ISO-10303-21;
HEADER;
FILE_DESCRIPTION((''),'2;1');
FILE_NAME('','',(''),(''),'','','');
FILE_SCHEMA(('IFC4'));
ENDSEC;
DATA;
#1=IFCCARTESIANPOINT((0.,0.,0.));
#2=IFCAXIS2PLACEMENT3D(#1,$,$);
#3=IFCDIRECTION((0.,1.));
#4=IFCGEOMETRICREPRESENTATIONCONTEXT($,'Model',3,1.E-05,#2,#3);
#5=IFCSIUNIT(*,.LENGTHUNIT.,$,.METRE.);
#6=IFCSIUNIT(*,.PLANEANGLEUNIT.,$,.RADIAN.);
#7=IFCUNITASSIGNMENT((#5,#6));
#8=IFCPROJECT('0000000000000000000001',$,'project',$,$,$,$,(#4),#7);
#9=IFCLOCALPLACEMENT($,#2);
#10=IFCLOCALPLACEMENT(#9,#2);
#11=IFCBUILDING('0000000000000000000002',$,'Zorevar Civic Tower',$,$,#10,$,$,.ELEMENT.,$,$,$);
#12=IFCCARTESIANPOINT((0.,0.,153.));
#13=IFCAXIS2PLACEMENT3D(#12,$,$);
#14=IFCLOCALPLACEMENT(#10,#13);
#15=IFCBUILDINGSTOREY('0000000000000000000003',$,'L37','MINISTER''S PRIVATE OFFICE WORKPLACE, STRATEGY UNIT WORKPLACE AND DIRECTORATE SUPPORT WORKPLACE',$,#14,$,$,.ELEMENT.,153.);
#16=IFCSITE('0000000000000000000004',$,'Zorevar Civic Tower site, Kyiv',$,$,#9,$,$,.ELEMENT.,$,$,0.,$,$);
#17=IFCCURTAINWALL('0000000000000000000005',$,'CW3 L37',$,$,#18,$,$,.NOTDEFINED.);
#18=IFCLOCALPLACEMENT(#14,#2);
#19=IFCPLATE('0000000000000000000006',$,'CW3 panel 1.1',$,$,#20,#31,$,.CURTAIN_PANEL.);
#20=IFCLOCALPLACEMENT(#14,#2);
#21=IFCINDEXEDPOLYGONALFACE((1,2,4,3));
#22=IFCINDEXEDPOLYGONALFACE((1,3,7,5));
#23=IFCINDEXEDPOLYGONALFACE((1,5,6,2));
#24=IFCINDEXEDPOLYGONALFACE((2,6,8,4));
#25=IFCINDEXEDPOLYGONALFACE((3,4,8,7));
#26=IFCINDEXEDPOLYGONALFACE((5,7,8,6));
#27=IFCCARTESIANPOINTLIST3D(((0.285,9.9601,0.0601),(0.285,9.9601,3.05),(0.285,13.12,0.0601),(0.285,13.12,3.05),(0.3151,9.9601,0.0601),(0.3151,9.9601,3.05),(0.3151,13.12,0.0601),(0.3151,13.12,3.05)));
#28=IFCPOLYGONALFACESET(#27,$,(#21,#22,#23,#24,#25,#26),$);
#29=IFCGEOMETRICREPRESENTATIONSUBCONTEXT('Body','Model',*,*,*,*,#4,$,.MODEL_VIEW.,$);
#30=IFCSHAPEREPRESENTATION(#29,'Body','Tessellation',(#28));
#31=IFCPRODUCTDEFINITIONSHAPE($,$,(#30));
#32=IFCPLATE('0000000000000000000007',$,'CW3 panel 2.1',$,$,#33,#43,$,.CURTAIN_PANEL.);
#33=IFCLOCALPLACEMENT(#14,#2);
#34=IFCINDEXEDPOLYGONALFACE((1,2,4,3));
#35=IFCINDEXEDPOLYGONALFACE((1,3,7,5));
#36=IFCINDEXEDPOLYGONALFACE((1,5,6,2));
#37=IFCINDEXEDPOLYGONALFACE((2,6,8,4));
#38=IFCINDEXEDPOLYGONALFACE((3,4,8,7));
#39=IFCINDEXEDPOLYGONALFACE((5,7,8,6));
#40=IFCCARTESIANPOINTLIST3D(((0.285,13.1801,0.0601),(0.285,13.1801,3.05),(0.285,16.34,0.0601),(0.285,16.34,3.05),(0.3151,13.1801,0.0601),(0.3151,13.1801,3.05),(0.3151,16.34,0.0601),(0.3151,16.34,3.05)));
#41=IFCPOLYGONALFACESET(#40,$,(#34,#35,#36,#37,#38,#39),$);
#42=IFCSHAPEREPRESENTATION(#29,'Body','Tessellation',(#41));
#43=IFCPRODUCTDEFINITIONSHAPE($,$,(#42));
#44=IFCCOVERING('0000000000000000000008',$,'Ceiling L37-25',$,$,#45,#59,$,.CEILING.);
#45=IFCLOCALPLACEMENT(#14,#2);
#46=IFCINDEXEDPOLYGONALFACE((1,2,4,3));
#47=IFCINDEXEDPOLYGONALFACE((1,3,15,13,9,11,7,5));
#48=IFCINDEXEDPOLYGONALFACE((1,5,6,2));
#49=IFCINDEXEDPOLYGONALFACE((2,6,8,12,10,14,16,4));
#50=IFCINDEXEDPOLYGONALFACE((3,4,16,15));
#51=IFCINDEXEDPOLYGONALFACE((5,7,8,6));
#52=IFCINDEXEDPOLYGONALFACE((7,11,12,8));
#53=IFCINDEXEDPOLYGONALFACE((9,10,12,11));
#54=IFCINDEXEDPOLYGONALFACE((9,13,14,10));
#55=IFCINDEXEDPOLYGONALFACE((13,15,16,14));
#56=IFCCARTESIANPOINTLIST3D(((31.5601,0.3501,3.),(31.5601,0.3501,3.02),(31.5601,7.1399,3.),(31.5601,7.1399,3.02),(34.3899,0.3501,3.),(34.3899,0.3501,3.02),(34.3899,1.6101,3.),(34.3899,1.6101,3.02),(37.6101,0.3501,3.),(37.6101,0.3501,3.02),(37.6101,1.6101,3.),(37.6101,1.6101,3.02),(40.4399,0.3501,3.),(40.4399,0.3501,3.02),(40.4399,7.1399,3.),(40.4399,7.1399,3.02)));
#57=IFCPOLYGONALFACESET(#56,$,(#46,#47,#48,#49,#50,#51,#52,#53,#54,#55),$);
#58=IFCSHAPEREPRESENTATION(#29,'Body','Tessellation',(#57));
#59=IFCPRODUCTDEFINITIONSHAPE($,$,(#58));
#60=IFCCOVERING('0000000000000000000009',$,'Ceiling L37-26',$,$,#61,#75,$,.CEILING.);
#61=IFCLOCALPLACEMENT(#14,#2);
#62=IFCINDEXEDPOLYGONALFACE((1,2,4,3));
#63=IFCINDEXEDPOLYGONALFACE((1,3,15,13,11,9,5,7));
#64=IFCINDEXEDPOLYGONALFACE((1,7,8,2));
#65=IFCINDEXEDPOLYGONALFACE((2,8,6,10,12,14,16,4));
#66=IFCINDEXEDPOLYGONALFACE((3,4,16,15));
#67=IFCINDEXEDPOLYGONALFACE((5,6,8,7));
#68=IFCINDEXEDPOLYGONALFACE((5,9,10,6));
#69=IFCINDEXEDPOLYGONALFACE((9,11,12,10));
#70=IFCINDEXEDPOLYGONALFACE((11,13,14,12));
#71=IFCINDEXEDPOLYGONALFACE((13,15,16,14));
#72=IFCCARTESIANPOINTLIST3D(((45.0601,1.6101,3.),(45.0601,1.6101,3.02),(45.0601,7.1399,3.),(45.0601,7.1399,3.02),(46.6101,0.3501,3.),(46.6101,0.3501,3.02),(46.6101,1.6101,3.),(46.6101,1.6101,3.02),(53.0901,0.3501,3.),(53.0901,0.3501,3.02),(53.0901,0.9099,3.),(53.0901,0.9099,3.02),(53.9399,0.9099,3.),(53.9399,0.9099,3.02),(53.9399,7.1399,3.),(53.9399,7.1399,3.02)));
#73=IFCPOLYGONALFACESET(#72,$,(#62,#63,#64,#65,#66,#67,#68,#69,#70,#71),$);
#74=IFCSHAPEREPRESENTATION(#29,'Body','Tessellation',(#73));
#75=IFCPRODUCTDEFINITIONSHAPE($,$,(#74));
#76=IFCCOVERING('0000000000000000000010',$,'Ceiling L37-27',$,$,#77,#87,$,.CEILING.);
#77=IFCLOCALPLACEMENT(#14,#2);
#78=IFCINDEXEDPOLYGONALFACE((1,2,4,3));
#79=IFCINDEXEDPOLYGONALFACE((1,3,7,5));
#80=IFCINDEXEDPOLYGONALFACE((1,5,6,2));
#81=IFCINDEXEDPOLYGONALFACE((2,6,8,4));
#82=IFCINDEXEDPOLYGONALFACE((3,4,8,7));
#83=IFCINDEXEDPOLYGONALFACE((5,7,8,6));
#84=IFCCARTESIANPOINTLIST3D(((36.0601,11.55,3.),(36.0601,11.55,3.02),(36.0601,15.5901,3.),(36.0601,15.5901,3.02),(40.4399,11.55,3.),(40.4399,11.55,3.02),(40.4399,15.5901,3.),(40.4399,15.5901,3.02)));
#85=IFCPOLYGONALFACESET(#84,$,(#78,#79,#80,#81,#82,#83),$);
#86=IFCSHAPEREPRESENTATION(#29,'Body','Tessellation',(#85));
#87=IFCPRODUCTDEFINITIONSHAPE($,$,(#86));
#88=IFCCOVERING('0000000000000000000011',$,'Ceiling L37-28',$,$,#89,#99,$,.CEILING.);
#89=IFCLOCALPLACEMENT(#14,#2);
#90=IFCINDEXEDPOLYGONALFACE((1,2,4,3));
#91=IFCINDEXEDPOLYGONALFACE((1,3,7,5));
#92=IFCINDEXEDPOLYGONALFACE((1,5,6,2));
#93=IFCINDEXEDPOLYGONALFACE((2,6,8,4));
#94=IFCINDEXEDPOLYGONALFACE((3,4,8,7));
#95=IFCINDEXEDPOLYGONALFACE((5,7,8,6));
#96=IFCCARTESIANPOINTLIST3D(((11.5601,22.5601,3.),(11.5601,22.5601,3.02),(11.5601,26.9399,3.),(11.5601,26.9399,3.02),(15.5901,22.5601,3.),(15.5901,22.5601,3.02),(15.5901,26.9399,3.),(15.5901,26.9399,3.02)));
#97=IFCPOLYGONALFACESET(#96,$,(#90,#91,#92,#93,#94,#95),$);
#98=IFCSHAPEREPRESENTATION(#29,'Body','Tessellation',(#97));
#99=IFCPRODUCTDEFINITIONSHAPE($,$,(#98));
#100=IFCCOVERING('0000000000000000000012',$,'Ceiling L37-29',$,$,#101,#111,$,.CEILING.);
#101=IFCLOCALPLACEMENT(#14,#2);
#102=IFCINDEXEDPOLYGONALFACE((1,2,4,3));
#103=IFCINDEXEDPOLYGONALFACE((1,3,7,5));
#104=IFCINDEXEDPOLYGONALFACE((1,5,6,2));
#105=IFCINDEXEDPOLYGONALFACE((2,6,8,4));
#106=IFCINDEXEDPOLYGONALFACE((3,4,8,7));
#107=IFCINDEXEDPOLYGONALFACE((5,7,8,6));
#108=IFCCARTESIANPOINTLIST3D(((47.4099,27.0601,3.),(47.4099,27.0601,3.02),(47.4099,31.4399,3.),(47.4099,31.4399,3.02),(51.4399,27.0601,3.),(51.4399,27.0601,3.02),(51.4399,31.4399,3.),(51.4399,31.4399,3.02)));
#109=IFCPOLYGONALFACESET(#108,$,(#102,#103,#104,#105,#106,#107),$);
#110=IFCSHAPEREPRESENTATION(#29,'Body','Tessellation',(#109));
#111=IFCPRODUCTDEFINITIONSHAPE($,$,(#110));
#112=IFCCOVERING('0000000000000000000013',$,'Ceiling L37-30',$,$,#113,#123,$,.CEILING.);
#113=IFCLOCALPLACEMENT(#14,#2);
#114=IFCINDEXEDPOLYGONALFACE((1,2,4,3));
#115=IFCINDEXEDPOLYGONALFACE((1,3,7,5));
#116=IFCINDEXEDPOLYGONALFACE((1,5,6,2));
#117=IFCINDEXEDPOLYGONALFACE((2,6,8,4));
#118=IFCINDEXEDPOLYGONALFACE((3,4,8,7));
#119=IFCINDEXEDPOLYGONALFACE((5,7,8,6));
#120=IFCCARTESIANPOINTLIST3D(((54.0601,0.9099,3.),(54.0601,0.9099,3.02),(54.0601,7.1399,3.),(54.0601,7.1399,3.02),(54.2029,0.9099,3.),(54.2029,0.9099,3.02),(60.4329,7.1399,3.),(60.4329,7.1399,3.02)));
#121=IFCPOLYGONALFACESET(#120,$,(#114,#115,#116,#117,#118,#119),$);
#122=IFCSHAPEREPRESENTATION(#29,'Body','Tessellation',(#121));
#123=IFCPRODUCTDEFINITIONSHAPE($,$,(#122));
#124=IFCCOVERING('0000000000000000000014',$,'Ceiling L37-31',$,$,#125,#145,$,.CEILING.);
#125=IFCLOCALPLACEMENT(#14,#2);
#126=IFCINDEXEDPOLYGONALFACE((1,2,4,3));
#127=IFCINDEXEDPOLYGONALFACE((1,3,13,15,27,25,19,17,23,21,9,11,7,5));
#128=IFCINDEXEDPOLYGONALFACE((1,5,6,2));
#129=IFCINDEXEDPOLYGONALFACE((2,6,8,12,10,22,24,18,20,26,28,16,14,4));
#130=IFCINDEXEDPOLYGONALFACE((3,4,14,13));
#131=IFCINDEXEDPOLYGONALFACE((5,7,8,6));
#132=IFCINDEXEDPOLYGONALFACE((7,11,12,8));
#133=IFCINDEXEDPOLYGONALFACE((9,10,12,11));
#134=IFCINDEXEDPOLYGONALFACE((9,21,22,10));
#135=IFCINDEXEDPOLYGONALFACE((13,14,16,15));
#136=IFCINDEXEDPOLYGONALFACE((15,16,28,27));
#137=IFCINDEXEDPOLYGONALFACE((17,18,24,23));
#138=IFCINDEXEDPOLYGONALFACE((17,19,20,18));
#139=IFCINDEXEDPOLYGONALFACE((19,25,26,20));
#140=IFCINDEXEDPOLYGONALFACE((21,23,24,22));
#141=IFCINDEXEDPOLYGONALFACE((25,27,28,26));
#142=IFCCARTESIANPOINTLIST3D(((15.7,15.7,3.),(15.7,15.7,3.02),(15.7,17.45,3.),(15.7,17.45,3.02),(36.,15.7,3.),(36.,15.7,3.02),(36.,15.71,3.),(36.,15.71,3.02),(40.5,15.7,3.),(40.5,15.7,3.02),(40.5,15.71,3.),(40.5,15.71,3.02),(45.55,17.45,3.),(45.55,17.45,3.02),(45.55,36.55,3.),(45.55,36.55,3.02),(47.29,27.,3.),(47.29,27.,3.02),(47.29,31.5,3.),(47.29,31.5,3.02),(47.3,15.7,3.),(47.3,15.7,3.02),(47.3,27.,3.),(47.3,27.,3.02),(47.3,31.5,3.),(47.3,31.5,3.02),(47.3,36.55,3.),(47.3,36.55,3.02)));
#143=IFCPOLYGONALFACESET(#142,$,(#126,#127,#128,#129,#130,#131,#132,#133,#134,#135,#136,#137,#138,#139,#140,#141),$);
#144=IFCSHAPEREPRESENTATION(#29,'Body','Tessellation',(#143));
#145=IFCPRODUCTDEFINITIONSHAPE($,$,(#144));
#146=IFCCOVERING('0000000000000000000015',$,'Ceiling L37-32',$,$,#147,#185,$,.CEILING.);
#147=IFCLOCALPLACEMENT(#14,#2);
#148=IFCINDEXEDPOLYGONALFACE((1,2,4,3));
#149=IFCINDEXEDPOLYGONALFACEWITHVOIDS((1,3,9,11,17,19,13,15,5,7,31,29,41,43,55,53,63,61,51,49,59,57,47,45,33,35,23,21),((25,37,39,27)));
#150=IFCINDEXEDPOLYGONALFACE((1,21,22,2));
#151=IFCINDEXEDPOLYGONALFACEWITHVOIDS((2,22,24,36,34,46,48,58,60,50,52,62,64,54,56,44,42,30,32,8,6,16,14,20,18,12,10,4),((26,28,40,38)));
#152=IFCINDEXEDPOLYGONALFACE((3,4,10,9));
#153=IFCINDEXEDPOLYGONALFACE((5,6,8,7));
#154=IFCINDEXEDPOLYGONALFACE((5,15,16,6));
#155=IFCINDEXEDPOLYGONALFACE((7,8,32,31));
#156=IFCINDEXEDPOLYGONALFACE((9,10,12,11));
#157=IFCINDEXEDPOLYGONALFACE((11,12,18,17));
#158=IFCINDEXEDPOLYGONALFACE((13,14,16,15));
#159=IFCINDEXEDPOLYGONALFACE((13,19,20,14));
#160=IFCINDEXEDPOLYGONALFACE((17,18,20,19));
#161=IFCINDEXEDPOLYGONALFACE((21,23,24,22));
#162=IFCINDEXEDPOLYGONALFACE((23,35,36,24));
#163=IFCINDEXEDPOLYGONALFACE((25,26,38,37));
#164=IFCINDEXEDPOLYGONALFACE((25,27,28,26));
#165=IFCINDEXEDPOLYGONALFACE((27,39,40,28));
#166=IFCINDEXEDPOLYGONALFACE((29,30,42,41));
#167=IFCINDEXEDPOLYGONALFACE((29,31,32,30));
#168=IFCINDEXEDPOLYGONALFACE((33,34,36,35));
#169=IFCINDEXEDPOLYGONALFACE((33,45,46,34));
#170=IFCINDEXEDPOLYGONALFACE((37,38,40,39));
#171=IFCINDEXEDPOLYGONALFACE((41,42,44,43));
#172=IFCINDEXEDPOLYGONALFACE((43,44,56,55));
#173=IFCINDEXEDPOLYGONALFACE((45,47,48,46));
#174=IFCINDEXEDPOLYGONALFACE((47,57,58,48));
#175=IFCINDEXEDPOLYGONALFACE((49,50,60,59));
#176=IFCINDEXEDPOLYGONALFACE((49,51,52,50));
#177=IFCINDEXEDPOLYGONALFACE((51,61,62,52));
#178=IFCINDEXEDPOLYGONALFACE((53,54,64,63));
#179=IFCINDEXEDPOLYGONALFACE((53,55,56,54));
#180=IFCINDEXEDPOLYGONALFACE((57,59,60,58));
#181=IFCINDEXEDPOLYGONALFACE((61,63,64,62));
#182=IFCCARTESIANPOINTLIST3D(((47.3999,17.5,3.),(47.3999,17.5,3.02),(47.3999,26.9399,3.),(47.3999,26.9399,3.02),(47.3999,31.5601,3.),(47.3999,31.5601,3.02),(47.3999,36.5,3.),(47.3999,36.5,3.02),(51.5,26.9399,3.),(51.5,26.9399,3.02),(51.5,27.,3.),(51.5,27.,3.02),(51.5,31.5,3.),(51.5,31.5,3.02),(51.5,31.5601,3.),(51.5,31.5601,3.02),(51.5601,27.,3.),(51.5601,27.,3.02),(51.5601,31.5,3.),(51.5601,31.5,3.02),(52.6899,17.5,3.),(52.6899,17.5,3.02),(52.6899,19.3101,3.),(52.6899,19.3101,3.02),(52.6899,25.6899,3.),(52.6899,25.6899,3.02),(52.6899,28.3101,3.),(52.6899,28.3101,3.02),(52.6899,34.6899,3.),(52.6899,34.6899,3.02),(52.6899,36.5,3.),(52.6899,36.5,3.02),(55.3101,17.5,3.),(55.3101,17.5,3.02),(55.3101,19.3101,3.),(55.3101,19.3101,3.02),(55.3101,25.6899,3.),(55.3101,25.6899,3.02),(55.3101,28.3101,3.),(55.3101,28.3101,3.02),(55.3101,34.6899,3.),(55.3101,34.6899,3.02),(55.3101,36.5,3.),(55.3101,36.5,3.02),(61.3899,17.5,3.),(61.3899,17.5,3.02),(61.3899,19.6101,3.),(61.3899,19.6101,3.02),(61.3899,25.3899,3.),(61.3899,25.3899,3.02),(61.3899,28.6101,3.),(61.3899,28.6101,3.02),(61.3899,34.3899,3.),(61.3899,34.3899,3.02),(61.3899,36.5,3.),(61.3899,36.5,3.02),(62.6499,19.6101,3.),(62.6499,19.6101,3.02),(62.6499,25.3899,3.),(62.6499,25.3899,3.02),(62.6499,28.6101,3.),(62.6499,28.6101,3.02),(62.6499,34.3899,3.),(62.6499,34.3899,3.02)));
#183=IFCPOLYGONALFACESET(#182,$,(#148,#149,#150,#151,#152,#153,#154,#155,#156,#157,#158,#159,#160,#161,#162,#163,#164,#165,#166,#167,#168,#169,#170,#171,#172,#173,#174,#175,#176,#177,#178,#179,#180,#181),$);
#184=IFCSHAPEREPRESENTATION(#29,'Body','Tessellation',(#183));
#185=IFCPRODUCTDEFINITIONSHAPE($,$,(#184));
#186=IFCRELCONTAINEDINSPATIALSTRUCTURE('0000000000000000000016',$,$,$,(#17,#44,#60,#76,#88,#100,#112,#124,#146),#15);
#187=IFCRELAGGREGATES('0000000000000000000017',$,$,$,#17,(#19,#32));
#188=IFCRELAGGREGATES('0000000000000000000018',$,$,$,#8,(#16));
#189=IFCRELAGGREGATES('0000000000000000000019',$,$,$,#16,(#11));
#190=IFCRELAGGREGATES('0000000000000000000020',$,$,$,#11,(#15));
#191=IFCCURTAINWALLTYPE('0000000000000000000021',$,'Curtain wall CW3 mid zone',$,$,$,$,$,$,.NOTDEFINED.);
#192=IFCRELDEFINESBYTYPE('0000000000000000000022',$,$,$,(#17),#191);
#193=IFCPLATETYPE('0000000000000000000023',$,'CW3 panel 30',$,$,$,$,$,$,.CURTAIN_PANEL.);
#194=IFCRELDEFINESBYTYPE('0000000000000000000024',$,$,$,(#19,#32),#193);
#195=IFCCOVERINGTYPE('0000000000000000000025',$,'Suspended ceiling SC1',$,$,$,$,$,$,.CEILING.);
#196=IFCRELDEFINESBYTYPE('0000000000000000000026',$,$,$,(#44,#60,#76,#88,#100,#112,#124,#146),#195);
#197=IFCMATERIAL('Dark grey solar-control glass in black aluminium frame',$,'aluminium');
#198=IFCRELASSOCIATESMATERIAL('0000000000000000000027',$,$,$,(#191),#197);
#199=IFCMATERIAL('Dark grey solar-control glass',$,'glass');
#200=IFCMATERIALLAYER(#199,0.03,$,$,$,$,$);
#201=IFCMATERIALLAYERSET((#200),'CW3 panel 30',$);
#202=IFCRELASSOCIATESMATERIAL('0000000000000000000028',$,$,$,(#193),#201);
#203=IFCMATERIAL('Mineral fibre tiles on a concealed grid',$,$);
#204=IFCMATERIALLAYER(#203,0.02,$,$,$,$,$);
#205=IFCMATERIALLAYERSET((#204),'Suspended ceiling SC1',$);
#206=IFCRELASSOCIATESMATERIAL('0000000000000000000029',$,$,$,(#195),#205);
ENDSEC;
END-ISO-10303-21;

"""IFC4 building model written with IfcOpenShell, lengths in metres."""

from ifc_helpers import new_model, si_unit, direction, frame, origin, origin_2d, place, context, subcontext, project, spatial, polyline, rectangle, outline, extrude, material, layer, layer_set, type_object, element, aggregate, save


model = new_model("IFC4")

# Units and contexts
model_context = context("Model", 3, precision=1e-05, world=origin(), true_north=direction((0.0, 1.0)))
body_context = subcontext(model_context, "Body", "Model", "MODEL_VIEW")
ifc_project = project(units=[si_unit("LENGTHUNIT", "METRE"), si_unit("PLANEANGLEUNIT", "RADIAN")], contexts=[model_context])

# Site, building, storey
site_placement = place(None, origin())
site = spatial("IfcSite", under=ifc_project, at=site_placement, Name="Zorevar Civic Tower site, Kyiv", CompositionType="ELEMENT", RefElevation=0.0)
building_placement = place(site_placement, origin())
building = spatial("IfcBuilding", under=site, at=building_placement, Name="Zorevar Civic Tower", CompositionType="ELEMENT")
storey_placement = place(building_placement, frame((0.0, 0.0, 153.0)))
storey = spatial("IfcBuildingStorey", under=building, at=storey_placement, Name="L37", Description="MINISTER'S PRIVATE OFFICE WORKPLACE, STRATEGY UNIT WORKPLACE AND DIRECTORATE SUPPORT WORKPLACE", CompositionType="ELEMENT", Elevation=153.0)

# Curtain wall
ifc_material_1 = material(Name="Dark grey solar-control glass in black aluminium frame", Category="aluminium")
curtain_wall_type = type_object("IfcCurtainWallType", Name="Curtain wall CW3 mid zone", PredefinedType="NOTDEFINED", material=ifc_material_1)
curtain_wall_1_placement = place(storey_placement, origin())
curtain_wall_1 = element("IfcCurtainWall", 1, at=curtain_wall_1_placement, inside=storey, type_object=curtain_wall_type, Name="CW3 L37", PredefinedType="NOTDEFINED")

# Plates
ifc_material_2 = material(Name="Dark grey solar-control glass", Category="glass")
ifc_layer_1 = layer(ifc_material_2, 0.03)
ifc_layer_set_1 = layer_set([ifc_layer_1], Name="CW3 panel 30")
plate_type = type_object("IfcPlateType", Name="CW3 panel 30", PredefinedType="CURTAIN_PANEL", material=ifc_layer_set_1)
plate_1_placement = place(storey_placement, frame((0.3, 11.54, 0.0601), z_axis=(0.0, 0.0, 1.0), x_axis=(0.0, 1.0, 0.0)))
plate_1 = element("IfcPlate", 2, at=plate_1_placement, type_object=plate_type, Name="CW3 panel 1.1", PredefinedType="CURTAIN_PANEL", context=body_context, shape_type="SweptSolid", body=[
    extrude(rectangle(XDim=3.1599, YDim=0.03, at=origin_2d()), origin(), (0.0, 0.0, 1.0), 2.99),
])
plate_2_placement = place(storey_placement, frame((0.3, 14.76, 0.0601), z_axis=(0.0, 0.0, 1.0), x_axis=(0.0, 1.0, 0.0)))
plate_2 = element("IfcPlate", 3, at=plate_2_placement, type_object=plate_type, Name="CW3 panel 2.1", PredefinedType="CURTAIN_PANEL", context=body_context, shape_type="SweptSolid", body=[
    extrude(rectangle(XDim=3.1599, YDim=0.03, at=origin_2d()), origin(), (0.0, 0.0, 1.0), 2.99),
])
aggregate(curtain_wall_1, [plate_1, plate_2])

# Coverings
ifc_material_3 = material(Name="Mineral fibre tiles on a concealed grid")
ifc_layer_2 = layer(ifc_material_3, 0.02)
ifc_layer_set_2 = layer_set([ifc_layer_2], Name="Suspended ceiling SC1")
covering_type = type_object("IfcCoveringType", Name="Suspended ceiling SC1", PredefinedType="CEILING", material=ifc_layer_set_2)
covering_1_placement = place(storey_placement, frame((0.0, 0.0, 3.0)))
element("IfcCovering", 4, at=covering_1_placement, inside=storey, type_object=covering_type, Name="Ceiling L37-25", PredefinedType="CEILING", context=body_context, shape_type="SweptSolid", body=[
    extrude(outline(polyline([(40.4399, 7.1399), (40.4399, 0.3501), (37.6101, 0.3501), (37.6101, 1.6101), (34.3899, 1.6101), (34.3899, 0.3501), (31.5601, 0.3501), (31.5601, 7.1399), (40.4399, 7.1399)])), origin(), (0.0, 0.0, 1.0), 0.02),
])
covering_2_placement = place(storey_placement, frame((0.0, 0.0, 3.0)))
element("IfcCovering", 5, at=covering_2_placement, inside=storey, type_object=covering_type, Name="Ceiling L37-26", PredefinedType="CEILING", context=body_context, shape_type="SweptSolid", body=[
    extrude(outline(polyline([(46.6101, 0.3501), (46.6101, 1.6101), (45.0601, 1.6101), (45.0601, 7.1399), (53.9399, 7.1399), (53.9399, 0.9099), (53.0901, 0.9099), (53.0901, 0.3501), (46.6101, 0.3501)])), origin(), (0.0, 0.0, 1.0), 0.02),
])
covering_3_placement = place(storey_placement, frame((0.0, 0.0, 3.0)))
element("IfcCovering", 6, at=covering_3_placement, inside=storey, type_object=covering_type, Name="Ceiling L37-27", PredefinedType="CEILING", context=body_context, shape_type="SweptSolid", body=[
    extrude(outline(polyline([(36.0601, 15.5901), (40.4399, 15.5901), (40.4399, 11.55), (36.0601, 11.55), (36.0601, 15.5901)])), origin(), (0.0, 0.0, 1.0), 0.02),
])
covering_4_placement = place(storey_placement, frame((0.0, 0.0, 3.0)))
element("IfcCovering", 7, at=covering_4_placement, inside=storey, type_object=covering_type, Name="Ceiling L37-28", PredefinedType="CEILING", context=body_context, shape_type="SweptSolid", body=[
    extrude(outline(polyline([(15.5901, 26.9399), (15.5901, 22.5601), (11.5601, 22.5601), (11.5601, 26.9399), (15.5901, 26.9399)])), origin(), (0.0, 0.0, 1.0), 0.02),
])
covering_5_placement = place(storey_placement, frame((0.0, 0.0, 3.0)))
element("IfcCovering", 8, at=covering_5_placement, inside=storey, type_object=covering_type, Name="Ceiling L37-29", PredefinedType="CEILING", context=body_context, shape_type="SweptSolid", body=[
    extrude(outline(polyline([(51.4399, 27.0601), (47.4099, 27.0601), (47.4099, 31.4399), (51.4399, 31.4399), (51.4399, 27.0601)])), origin(), (0.0, 0.0, 1.0), 0.02),
])
covering_6_placement = place(storey_placement, frame((0.0, 0.0, 3.0)))
element("IfcCovering", 9, at=covering_6_placement, inside=storey, type_object=covering_type, Name="Ceiling L37-30", PredefinedType="CEILING", context=body_context, shape_type="SweptSolid", body=[
    extrude(outline(polyline([(54.0601, 0.9099), (54.0601, 7.1399), (60.4329, 7.1399), (54.2029, 0.9099), (54.0601, 0.9099)])), origin(), (0.0, 0.0, 1.0), 0.02),
])
covering_7_placement = place(storey_placement, frame((0.0, 0.0, 3.0)))
element("IfcCovering", 10, at=covering_7_placement, inside=storey, type_object=covering_type, Name="Ceiling L37-31", PredefinedType="CEILING", context=body_context, shape_type="SweptSolid", body=[
    extrude(outline(polyline([(47.3, 31.5), (47.29, 31.5), (47.29, 27.0), (47.3, 27.0), (47.3, 15.7), (40.5, 15.7), (40.5, 15.71), (36.0, 15.71), (36.0, 15.7), (15.7, 15.7), (15.7, 17.45), (45.55, 17.45), (45.55, 36.55), (47.3, 36.55), (47.3, 31.5)])), origin(), (0.0, 0.0, 1.0), 0.02),
])
covering_8_placement = place(storey_placement, frame((0.0, 0.0, 3.0)))
element("IfcCovering", 11, at=covering_8_placement, inside=storey, type_object=covering_type, Name="Ceiling L37-32", PredefinedType="CEILING", context=body_context, shape_type="SweptSolid", body=[
    extrude(outline(polyline([(51.5, 31.5601), (47.3999, 31.5601), (47.3999, 36.5), (52.6899, 36.5), (52.6899, 34.6899), (55.3101, 34.6899), (55.3101, 36.5), (61.3899, 36.5), (61.3899, 34.3899), (62.6499, 34.3899), (62.6499, 28.6101), (61.3899, 28.6101), (61.3899, 25.3899), (62.6499, 25.3899), (62.6499, 19.6101), (61.3899, 19.6101), (61.3899, 17.5), (55.3101, 17.5), (55.3101, 19.3101), (52.6899, 19.3101), (52.6899, 17.5), (47.3999, 17.5), (47.3999, 26.9399), (51.5, 26.9399), (51.5, 27.0), (51.5601, 27.0), (51.5601, 31.5), (51.5, 31.5), (51.5, 31.5601)]), holes=[polyline([(55.3101, 28.3101), (52.6899, 28.3101), (52.6899, 25.6899), (55.3101, 25.6899), (55.3101, 28.3101)])]), origin(), (0.0, 0.0, 1.0), 0.02),
])

save(model, "model.ifc")
